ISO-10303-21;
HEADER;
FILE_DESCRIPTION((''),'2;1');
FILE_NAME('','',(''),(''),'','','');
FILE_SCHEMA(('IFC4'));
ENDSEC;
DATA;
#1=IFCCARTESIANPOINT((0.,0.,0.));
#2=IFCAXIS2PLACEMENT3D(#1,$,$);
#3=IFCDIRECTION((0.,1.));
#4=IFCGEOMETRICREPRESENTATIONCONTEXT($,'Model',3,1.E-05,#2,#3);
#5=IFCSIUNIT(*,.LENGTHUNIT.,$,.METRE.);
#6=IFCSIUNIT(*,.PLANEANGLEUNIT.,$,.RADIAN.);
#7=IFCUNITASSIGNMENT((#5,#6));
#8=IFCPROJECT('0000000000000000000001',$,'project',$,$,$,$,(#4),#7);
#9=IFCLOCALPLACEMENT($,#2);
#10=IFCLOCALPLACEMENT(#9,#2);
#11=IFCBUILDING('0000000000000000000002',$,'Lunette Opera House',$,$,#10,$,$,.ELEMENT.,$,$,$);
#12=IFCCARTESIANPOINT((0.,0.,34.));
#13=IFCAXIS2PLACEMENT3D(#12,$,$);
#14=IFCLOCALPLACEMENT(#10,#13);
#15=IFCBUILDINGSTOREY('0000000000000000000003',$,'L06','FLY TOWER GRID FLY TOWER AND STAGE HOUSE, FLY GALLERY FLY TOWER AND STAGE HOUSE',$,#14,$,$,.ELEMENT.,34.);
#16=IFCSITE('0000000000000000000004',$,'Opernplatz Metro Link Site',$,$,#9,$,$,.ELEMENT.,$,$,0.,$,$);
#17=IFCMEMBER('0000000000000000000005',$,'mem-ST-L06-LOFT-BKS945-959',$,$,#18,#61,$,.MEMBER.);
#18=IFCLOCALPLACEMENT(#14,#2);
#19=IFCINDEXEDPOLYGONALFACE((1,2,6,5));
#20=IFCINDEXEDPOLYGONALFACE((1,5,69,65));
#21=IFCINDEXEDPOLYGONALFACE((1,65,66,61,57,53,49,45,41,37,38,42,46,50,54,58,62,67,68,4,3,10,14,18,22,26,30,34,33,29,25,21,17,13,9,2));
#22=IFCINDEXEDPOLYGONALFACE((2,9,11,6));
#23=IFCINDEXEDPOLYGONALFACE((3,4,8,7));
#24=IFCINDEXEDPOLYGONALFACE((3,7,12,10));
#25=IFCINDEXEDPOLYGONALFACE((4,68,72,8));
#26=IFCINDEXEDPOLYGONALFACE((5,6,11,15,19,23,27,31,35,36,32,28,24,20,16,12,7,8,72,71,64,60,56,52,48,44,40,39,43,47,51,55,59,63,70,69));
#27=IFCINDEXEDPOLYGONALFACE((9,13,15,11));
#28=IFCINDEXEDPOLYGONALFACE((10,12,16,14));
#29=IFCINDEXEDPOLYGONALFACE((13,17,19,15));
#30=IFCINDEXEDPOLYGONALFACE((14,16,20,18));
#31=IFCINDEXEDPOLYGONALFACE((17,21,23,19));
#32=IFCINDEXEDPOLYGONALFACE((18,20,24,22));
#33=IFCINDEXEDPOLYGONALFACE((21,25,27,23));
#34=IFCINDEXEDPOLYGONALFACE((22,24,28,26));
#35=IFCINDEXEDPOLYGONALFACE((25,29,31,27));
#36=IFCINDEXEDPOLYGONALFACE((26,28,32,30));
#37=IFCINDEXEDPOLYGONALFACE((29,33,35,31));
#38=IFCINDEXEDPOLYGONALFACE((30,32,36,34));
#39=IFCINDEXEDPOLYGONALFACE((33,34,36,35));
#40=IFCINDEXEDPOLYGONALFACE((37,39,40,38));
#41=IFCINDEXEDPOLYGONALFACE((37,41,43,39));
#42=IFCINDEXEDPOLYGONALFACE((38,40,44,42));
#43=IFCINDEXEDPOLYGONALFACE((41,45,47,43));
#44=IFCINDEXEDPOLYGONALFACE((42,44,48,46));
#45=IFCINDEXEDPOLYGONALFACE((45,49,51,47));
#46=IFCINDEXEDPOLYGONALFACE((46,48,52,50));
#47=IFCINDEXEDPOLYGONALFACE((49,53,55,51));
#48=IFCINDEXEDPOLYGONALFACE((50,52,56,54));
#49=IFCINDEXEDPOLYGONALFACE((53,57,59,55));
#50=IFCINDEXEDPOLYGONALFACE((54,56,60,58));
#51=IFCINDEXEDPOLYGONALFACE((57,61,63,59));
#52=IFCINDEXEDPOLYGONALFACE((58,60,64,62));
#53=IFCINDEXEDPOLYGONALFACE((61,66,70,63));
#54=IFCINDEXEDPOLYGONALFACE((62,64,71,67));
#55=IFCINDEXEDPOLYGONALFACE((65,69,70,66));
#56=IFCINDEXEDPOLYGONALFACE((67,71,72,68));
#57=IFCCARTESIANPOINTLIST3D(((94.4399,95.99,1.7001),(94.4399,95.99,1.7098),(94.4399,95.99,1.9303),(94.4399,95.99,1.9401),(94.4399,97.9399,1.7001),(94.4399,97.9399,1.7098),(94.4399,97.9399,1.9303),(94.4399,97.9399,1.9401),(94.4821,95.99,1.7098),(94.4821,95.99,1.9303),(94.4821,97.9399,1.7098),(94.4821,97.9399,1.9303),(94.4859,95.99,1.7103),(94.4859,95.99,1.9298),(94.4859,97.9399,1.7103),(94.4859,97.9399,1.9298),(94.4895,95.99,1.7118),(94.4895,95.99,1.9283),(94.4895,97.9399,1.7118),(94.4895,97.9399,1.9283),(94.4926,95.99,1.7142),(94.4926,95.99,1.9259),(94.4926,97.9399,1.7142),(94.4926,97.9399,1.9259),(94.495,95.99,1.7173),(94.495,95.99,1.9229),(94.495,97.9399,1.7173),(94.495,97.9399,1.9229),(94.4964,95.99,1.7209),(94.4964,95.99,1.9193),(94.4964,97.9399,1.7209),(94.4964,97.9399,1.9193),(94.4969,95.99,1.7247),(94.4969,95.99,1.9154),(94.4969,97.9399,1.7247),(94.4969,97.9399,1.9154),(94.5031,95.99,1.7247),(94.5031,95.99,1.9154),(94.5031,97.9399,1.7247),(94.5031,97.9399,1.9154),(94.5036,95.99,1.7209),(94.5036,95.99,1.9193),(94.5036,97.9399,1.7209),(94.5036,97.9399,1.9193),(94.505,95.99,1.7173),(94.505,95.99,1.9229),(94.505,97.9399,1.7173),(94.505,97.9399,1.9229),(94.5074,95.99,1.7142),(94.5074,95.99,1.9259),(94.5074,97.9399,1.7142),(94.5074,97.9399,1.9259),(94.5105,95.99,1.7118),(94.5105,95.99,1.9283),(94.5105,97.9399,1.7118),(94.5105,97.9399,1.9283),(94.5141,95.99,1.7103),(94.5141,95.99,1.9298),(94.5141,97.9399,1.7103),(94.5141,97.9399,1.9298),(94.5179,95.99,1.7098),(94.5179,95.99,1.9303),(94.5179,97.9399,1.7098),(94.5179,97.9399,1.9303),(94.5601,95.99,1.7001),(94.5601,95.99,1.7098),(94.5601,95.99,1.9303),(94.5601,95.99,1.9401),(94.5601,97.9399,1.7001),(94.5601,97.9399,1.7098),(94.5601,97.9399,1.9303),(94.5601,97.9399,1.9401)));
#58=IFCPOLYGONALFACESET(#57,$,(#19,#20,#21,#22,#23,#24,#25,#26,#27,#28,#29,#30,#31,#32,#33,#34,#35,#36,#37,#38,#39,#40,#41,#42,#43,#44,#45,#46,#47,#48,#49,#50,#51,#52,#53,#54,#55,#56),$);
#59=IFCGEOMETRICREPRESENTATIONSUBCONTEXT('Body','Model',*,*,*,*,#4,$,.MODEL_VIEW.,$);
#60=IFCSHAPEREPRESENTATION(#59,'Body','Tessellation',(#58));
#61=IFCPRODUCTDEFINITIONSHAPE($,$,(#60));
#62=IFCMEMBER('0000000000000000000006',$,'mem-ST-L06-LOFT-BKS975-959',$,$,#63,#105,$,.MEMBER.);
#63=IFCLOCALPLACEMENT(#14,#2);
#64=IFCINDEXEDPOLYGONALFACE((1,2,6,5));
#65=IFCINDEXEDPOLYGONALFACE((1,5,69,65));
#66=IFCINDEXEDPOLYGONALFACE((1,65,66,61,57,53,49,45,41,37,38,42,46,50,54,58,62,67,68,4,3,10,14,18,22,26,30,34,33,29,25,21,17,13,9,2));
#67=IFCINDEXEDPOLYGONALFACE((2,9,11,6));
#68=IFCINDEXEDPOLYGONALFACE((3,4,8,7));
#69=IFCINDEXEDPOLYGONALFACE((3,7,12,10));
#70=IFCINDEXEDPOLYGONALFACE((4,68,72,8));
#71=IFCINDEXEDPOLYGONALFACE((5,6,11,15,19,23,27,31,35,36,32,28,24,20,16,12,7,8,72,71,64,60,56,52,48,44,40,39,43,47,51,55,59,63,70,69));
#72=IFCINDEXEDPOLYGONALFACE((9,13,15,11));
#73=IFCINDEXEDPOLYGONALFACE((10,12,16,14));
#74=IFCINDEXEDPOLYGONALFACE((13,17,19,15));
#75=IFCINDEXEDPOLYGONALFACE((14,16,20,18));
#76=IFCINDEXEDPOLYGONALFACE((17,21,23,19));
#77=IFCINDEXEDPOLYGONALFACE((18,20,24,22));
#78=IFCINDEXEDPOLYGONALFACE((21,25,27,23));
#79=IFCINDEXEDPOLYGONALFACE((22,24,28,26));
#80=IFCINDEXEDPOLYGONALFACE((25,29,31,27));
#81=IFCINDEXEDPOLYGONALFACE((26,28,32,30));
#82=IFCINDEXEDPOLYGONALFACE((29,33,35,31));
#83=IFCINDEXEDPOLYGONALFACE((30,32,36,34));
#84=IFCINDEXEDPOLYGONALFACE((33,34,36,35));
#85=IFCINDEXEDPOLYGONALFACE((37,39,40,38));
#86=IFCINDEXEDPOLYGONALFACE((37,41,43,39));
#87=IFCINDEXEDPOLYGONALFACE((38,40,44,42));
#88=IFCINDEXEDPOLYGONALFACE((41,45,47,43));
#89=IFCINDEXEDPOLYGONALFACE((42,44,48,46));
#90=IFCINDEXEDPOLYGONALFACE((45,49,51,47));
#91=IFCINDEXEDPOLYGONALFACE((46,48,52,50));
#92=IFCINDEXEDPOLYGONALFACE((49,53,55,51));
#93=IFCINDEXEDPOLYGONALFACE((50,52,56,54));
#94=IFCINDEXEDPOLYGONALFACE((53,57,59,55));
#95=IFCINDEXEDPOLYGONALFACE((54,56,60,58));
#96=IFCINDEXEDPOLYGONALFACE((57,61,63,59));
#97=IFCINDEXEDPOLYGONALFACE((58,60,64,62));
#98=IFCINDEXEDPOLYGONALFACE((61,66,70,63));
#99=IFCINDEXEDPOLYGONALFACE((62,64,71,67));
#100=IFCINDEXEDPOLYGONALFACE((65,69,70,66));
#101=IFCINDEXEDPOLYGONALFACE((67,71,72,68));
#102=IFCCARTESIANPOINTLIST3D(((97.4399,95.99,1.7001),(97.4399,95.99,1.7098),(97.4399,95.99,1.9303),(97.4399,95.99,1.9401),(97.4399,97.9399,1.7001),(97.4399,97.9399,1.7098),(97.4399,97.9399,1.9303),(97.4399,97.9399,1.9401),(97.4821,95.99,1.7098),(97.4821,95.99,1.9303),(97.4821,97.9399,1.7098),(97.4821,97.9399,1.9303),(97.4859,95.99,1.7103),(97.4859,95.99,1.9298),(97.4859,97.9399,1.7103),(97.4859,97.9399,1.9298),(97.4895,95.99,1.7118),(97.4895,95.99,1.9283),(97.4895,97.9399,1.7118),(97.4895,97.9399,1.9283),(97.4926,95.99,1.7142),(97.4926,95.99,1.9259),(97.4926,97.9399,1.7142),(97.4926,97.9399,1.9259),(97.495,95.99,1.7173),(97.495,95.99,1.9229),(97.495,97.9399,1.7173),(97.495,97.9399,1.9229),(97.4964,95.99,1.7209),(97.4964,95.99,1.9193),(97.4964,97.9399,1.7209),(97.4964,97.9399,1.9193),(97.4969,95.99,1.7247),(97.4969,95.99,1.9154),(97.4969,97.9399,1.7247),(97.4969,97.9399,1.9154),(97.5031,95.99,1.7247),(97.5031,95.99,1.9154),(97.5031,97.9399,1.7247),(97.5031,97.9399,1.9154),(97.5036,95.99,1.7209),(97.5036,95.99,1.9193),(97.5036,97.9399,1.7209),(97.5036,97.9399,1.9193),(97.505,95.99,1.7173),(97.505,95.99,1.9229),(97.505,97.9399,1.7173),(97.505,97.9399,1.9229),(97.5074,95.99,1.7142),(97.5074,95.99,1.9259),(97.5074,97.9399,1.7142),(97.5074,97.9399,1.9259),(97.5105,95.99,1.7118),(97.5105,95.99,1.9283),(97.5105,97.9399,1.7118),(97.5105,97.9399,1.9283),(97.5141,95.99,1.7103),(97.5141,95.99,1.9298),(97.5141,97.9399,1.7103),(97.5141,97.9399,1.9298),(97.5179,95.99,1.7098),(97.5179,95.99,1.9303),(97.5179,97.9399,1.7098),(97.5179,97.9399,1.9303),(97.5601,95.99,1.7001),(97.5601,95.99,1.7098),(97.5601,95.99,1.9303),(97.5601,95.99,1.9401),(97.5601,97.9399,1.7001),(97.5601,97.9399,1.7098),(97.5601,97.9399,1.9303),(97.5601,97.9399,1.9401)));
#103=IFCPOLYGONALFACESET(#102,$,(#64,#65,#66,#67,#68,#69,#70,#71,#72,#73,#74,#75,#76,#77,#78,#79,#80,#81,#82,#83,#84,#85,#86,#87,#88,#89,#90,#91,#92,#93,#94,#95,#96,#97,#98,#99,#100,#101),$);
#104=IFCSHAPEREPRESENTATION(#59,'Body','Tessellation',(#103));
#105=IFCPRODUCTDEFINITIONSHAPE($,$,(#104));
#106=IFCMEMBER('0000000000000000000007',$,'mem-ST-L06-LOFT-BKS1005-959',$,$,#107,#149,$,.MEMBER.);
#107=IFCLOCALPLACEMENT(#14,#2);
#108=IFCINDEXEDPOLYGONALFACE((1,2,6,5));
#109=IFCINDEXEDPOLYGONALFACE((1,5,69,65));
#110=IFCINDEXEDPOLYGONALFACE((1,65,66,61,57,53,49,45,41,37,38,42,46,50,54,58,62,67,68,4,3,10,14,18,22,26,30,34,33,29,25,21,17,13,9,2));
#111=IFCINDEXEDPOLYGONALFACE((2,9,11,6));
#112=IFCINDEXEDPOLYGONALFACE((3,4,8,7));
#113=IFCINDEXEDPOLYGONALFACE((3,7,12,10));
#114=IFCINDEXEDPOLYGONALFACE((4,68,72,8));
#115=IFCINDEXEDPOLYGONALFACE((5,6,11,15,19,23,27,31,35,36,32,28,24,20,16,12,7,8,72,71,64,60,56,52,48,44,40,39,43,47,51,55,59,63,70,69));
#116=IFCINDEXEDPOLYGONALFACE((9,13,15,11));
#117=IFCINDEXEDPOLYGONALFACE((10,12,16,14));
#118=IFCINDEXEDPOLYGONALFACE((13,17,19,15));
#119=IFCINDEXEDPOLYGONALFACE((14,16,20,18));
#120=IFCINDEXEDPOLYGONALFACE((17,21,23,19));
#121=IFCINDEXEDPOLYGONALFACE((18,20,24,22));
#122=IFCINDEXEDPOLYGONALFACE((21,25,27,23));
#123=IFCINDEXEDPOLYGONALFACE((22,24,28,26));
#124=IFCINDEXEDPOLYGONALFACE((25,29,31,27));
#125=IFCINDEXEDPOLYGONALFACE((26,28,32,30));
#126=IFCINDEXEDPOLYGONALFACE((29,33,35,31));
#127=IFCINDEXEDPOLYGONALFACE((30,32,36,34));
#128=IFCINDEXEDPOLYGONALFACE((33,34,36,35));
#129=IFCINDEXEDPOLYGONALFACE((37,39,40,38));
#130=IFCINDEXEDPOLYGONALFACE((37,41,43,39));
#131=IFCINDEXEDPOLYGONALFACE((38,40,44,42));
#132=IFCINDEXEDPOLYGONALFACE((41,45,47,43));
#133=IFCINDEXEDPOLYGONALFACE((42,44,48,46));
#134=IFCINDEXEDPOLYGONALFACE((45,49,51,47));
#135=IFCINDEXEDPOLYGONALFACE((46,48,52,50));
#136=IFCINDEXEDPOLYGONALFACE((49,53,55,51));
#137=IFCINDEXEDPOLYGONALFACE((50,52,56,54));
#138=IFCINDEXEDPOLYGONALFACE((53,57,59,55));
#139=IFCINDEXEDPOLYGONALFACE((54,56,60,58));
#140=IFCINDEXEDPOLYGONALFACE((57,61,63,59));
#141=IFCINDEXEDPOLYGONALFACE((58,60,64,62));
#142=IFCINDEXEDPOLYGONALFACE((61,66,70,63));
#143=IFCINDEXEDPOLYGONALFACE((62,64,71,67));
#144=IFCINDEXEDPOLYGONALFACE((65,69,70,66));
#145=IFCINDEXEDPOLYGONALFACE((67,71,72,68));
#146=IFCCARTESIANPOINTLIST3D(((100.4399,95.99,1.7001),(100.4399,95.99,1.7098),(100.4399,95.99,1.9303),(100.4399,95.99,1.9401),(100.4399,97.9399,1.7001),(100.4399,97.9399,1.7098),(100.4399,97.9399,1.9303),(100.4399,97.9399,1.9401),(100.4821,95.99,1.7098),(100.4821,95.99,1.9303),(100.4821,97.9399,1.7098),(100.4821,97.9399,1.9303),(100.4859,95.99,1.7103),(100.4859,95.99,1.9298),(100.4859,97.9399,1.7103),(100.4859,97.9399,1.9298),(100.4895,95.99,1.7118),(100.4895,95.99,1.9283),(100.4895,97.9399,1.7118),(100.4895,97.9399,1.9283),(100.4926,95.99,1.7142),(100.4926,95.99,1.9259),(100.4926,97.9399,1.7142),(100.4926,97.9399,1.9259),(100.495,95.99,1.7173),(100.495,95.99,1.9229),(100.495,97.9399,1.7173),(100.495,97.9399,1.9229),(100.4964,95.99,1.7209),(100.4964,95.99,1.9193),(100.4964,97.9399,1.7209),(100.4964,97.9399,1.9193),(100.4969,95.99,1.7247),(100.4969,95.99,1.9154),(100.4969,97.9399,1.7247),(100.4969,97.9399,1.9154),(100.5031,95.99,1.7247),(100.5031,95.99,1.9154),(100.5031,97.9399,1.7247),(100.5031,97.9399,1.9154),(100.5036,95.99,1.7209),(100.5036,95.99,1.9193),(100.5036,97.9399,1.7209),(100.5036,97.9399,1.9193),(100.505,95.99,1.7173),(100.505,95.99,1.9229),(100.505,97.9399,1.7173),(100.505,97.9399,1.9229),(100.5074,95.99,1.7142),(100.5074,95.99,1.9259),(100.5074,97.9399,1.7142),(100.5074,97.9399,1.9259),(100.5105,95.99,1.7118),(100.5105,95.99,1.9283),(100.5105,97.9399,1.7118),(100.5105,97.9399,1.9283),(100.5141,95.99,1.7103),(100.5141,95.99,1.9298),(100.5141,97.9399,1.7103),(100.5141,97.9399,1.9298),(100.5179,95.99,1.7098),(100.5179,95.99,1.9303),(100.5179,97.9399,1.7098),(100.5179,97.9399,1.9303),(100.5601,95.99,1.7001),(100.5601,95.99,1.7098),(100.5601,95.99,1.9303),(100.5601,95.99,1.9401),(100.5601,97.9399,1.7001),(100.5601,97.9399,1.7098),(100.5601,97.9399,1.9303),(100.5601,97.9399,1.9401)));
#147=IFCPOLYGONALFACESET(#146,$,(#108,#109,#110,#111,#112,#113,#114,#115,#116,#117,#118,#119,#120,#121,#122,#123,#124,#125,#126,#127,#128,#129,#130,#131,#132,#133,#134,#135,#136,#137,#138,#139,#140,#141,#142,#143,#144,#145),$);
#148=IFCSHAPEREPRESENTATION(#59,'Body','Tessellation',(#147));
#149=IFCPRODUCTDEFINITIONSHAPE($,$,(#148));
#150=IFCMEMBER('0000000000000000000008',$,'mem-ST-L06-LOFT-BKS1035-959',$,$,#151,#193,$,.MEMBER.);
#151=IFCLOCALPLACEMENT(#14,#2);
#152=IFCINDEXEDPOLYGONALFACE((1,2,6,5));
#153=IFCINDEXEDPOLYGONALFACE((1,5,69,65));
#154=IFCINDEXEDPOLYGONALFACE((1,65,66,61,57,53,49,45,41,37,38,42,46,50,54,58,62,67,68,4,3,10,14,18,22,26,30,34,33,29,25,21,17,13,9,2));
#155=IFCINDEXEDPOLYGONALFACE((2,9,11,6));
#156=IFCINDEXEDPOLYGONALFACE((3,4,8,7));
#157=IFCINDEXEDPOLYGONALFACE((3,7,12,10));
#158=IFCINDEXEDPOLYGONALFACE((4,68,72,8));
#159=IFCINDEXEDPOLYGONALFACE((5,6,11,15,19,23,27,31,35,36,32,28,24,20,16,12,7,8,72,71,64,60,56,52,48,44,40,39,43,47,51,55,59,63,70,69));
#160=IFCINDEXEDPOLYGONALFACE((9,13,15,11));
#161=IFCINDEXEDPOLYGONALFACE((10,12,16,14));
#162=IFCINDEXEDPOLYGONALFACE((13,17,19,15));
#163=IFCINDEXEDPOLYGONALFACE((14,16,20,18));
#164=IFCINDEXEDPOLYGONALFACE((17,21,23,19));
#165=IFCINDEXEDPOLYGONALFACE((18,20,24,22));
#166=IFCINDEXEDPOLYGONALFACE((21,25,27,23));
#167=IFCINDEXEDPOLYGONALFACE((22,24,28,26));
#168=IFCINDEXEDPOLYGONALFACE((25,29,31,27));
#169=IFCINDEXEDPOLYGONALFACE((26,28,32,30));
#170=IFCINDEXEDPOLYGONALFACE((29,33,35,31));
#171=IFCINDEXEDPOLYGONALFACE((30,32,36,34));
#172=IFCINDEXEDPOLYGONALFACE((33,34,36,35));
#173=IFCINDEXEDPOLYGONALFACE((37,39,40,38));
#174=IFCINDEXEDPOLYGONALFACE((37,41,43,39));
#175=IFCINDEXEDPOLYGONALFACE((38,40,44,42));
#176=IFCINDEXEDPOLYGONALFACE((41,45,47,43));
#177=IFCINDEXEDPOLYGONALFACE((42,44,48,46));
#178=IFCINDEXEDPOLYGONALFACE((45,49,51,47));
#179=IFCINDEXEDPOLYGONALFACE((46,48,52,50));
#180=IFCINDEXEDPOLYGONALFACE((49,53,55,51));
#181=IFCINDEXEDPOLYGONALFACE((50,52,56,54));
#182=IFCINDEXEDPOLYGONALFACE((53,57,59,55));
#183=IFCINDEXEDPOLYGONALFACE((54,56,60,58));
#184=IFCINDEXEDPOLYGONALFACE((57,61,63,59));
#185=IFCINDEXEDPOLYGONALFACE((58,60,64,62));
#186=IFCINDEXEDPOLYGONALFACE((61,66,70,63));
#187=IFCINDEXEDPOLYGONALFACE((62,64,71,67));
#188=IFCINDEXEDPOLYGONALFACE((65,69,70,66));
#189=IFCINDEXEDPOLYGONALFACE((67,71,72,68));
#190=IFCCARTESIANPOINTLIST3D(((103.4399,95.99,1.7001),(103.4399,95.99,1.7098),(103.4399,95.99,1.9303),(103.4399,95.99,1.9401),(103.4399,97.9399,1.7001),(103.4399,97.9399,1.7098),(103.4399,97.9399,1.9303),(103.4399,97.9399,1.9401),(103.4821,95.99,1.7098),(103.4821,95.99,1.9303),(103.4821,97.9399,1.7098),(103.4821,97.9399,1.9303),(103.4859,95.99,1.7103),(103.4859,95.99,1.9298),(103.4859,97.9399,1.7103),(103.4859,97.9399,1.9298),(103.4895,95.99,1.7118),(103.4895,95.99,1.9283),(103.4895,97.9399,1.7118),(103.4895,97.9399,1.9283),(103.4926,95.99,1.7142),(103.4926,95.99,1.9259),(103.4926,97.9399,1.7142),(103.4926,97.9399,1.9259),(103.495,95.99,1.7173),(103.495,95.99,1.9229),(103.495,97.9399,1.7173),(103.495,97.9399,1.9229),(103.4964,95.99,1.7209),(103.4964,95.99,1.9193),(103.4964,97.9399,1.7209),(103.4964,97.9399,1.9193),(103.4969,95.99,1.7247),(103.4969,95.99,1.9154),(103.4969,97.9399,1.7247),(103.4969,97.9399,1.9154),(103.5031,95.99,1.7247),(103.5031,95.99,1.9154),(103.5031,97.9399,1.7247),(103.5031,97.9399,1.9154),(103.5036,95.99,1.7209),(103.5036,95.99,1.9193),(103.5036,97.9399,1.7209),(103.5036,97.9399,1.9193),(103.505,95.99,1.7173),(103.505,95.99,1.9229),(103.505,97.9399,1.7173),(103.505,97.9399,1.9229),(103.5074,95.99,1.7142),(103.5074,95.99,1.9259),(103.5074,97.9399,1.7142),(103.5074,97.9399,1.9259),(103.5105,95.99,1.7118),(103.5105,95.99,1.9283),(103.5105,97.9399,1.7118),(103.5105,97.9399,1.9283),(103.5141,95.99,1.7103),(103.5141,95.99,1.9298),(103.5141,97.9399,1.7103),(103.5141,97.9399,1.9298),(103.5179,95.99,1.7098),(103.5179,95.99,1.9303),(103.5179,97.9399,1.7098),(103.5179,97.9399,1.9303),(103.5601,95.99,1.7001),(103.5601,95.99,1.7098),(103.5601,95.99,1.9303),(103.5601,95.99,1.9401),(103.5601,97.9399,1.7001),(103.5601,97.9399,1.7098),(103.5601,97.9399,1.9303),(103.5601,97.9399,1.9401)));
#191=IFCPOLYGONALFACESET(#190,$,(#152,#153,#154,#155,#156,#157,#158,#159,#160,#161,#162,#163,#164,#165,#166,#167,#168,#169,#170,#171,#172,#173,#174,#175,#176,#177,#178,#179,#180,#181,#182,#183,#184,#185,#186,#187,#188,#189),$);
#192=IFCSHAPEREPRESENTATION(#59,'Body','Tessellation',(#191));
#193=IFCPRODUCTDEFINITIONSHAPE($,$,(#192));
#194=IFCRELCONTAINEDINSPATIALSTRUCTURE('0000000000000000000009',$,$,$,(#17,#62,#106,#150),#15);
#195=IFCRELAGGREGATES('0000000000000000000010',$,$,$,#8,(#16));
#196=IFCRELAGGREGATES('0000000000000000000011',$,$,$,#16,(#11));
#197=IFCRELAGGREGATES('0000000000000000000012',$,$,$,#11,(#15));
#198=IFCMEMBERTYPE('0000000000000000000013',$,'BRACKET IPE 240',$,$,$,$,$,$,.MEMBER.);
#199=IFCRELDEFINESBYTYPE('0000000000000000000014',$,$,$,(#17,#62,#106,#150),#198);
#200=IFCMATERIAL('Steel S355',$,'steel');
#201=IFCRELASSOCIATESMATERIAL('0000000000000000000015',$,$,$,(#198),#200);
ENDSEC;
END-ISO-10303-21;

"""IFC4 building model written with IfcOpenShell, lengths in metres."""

from ifc_helpers import new_model, si_unit, direction, frame, origin, origin_2d, place, context, subcontext, project, spatial, i_section, extrude, material, material_profile, profile_set, type_object, element, save


model = new_model("IFC4")

# Units and contexts
model_context = context("Model", 3, precision=1e-05, world=origin(), true_north=direction((0.0, 1.0)))
body_context = subcontext(model_context, "Body", "Model", "MODEL_VIEW")
ifc_project = project(units=[si_unit("LENGTHUNIT", "METRE"), si_unit("PLANEANGLEUNIT", "RADIAN")], contexts=[model_context])

# Site, building, storey
site_placement = place(None, origin())
site = spatial("IfcSite", under=ifc_project, at=site_placement, Name="Opernplatz Metro Link Site", CompositionType="ELEMENT", RefElevation=0.0)
building_placement = place(site_placement, origin())
building = spatial("IfcBuilding", under=site, at=building_placement, Name="Lunette Opera House", CompositionType="ELEMENT")
storey_placement = place(building_placement, frame((0.0, 0.0, 34.0)))
storey = spatial("IfcBuildingStorey", under=building, at=storey_placement, Name="L06", Description="FLY TOWER GRID FLY TOWER AND STAGE HOUSE, FLY GALLERY FLY TOWER AND STAGE HOUSE", CompositionType="ELEMENT", Elevation=34.0)

# Members
ifc_material_1 = material(Name="Steel S355", Category="steel")
ifc_material_profile_1 = material_profile(ifc_material_1, i_section(OverallWidth=0.1201, OverallDepth=0.24, WebThickness=0.0061, FlangeThickness=0.0098, FilletRadius=0.0149, at=origin_2d()), Name="IPE 240")
ifc_profile_set_1 = profile_set([ifc_material_profile_1], Name="Steel S355")
member_type_1 = type_object("IfcMemberType", Name="BRACKET IPE 240", PredefinedType="MEMBER", material=ifc_profile_set_1)
for number, where, z_axis, x_axis, name in (
    (1, (94.5, 95.99, 1.8201), (0.0, 1.0, 0.0), (-1.0, 0.0, 0.0), "mem-ST-L06-LOFT-BKS945-959"),
    (2, (97.5, 95.99, 1.8201), (0.0, 1.0, 0.0), (-1.0, 0.0, 0.0), "mem-ST-L06-LOFT-BKS975-959"),
    (3, (100.5, 95.99, 1.8201), (0.0, 1.0, 0.0), (-1.0, 0.0, 0.0), "mem-ST-L06-LOFT-BKS1005-959"),
    (4, (103.5, 95.99, 1.8201), (0.0, 1.0, 0.0), (-1.0, 0.0, 0.0), "mem-ST-L06-LOFT-BKS1035-959"),
):
    element("IfcMember", number, at=place(storey_placement, frame(where, z_axis=z_axis, x_axis=x_axis)), inside=storey, type_object=member_type_1, Name=name, PredefinedType="MEMBER", context=body_context, shape_type="SweptSolid", body=[
        extrude(i_section(OverallWidth=0.1201, OverallDepth=0.24, WebThickness=0.0061, FlangeThickness=0.0098, FilletRadius=0.0149, at=origin_2d()), origin(), (0.0, 0.0, 1.0), 1.95),
    ])

save(model, "model.ifc")
